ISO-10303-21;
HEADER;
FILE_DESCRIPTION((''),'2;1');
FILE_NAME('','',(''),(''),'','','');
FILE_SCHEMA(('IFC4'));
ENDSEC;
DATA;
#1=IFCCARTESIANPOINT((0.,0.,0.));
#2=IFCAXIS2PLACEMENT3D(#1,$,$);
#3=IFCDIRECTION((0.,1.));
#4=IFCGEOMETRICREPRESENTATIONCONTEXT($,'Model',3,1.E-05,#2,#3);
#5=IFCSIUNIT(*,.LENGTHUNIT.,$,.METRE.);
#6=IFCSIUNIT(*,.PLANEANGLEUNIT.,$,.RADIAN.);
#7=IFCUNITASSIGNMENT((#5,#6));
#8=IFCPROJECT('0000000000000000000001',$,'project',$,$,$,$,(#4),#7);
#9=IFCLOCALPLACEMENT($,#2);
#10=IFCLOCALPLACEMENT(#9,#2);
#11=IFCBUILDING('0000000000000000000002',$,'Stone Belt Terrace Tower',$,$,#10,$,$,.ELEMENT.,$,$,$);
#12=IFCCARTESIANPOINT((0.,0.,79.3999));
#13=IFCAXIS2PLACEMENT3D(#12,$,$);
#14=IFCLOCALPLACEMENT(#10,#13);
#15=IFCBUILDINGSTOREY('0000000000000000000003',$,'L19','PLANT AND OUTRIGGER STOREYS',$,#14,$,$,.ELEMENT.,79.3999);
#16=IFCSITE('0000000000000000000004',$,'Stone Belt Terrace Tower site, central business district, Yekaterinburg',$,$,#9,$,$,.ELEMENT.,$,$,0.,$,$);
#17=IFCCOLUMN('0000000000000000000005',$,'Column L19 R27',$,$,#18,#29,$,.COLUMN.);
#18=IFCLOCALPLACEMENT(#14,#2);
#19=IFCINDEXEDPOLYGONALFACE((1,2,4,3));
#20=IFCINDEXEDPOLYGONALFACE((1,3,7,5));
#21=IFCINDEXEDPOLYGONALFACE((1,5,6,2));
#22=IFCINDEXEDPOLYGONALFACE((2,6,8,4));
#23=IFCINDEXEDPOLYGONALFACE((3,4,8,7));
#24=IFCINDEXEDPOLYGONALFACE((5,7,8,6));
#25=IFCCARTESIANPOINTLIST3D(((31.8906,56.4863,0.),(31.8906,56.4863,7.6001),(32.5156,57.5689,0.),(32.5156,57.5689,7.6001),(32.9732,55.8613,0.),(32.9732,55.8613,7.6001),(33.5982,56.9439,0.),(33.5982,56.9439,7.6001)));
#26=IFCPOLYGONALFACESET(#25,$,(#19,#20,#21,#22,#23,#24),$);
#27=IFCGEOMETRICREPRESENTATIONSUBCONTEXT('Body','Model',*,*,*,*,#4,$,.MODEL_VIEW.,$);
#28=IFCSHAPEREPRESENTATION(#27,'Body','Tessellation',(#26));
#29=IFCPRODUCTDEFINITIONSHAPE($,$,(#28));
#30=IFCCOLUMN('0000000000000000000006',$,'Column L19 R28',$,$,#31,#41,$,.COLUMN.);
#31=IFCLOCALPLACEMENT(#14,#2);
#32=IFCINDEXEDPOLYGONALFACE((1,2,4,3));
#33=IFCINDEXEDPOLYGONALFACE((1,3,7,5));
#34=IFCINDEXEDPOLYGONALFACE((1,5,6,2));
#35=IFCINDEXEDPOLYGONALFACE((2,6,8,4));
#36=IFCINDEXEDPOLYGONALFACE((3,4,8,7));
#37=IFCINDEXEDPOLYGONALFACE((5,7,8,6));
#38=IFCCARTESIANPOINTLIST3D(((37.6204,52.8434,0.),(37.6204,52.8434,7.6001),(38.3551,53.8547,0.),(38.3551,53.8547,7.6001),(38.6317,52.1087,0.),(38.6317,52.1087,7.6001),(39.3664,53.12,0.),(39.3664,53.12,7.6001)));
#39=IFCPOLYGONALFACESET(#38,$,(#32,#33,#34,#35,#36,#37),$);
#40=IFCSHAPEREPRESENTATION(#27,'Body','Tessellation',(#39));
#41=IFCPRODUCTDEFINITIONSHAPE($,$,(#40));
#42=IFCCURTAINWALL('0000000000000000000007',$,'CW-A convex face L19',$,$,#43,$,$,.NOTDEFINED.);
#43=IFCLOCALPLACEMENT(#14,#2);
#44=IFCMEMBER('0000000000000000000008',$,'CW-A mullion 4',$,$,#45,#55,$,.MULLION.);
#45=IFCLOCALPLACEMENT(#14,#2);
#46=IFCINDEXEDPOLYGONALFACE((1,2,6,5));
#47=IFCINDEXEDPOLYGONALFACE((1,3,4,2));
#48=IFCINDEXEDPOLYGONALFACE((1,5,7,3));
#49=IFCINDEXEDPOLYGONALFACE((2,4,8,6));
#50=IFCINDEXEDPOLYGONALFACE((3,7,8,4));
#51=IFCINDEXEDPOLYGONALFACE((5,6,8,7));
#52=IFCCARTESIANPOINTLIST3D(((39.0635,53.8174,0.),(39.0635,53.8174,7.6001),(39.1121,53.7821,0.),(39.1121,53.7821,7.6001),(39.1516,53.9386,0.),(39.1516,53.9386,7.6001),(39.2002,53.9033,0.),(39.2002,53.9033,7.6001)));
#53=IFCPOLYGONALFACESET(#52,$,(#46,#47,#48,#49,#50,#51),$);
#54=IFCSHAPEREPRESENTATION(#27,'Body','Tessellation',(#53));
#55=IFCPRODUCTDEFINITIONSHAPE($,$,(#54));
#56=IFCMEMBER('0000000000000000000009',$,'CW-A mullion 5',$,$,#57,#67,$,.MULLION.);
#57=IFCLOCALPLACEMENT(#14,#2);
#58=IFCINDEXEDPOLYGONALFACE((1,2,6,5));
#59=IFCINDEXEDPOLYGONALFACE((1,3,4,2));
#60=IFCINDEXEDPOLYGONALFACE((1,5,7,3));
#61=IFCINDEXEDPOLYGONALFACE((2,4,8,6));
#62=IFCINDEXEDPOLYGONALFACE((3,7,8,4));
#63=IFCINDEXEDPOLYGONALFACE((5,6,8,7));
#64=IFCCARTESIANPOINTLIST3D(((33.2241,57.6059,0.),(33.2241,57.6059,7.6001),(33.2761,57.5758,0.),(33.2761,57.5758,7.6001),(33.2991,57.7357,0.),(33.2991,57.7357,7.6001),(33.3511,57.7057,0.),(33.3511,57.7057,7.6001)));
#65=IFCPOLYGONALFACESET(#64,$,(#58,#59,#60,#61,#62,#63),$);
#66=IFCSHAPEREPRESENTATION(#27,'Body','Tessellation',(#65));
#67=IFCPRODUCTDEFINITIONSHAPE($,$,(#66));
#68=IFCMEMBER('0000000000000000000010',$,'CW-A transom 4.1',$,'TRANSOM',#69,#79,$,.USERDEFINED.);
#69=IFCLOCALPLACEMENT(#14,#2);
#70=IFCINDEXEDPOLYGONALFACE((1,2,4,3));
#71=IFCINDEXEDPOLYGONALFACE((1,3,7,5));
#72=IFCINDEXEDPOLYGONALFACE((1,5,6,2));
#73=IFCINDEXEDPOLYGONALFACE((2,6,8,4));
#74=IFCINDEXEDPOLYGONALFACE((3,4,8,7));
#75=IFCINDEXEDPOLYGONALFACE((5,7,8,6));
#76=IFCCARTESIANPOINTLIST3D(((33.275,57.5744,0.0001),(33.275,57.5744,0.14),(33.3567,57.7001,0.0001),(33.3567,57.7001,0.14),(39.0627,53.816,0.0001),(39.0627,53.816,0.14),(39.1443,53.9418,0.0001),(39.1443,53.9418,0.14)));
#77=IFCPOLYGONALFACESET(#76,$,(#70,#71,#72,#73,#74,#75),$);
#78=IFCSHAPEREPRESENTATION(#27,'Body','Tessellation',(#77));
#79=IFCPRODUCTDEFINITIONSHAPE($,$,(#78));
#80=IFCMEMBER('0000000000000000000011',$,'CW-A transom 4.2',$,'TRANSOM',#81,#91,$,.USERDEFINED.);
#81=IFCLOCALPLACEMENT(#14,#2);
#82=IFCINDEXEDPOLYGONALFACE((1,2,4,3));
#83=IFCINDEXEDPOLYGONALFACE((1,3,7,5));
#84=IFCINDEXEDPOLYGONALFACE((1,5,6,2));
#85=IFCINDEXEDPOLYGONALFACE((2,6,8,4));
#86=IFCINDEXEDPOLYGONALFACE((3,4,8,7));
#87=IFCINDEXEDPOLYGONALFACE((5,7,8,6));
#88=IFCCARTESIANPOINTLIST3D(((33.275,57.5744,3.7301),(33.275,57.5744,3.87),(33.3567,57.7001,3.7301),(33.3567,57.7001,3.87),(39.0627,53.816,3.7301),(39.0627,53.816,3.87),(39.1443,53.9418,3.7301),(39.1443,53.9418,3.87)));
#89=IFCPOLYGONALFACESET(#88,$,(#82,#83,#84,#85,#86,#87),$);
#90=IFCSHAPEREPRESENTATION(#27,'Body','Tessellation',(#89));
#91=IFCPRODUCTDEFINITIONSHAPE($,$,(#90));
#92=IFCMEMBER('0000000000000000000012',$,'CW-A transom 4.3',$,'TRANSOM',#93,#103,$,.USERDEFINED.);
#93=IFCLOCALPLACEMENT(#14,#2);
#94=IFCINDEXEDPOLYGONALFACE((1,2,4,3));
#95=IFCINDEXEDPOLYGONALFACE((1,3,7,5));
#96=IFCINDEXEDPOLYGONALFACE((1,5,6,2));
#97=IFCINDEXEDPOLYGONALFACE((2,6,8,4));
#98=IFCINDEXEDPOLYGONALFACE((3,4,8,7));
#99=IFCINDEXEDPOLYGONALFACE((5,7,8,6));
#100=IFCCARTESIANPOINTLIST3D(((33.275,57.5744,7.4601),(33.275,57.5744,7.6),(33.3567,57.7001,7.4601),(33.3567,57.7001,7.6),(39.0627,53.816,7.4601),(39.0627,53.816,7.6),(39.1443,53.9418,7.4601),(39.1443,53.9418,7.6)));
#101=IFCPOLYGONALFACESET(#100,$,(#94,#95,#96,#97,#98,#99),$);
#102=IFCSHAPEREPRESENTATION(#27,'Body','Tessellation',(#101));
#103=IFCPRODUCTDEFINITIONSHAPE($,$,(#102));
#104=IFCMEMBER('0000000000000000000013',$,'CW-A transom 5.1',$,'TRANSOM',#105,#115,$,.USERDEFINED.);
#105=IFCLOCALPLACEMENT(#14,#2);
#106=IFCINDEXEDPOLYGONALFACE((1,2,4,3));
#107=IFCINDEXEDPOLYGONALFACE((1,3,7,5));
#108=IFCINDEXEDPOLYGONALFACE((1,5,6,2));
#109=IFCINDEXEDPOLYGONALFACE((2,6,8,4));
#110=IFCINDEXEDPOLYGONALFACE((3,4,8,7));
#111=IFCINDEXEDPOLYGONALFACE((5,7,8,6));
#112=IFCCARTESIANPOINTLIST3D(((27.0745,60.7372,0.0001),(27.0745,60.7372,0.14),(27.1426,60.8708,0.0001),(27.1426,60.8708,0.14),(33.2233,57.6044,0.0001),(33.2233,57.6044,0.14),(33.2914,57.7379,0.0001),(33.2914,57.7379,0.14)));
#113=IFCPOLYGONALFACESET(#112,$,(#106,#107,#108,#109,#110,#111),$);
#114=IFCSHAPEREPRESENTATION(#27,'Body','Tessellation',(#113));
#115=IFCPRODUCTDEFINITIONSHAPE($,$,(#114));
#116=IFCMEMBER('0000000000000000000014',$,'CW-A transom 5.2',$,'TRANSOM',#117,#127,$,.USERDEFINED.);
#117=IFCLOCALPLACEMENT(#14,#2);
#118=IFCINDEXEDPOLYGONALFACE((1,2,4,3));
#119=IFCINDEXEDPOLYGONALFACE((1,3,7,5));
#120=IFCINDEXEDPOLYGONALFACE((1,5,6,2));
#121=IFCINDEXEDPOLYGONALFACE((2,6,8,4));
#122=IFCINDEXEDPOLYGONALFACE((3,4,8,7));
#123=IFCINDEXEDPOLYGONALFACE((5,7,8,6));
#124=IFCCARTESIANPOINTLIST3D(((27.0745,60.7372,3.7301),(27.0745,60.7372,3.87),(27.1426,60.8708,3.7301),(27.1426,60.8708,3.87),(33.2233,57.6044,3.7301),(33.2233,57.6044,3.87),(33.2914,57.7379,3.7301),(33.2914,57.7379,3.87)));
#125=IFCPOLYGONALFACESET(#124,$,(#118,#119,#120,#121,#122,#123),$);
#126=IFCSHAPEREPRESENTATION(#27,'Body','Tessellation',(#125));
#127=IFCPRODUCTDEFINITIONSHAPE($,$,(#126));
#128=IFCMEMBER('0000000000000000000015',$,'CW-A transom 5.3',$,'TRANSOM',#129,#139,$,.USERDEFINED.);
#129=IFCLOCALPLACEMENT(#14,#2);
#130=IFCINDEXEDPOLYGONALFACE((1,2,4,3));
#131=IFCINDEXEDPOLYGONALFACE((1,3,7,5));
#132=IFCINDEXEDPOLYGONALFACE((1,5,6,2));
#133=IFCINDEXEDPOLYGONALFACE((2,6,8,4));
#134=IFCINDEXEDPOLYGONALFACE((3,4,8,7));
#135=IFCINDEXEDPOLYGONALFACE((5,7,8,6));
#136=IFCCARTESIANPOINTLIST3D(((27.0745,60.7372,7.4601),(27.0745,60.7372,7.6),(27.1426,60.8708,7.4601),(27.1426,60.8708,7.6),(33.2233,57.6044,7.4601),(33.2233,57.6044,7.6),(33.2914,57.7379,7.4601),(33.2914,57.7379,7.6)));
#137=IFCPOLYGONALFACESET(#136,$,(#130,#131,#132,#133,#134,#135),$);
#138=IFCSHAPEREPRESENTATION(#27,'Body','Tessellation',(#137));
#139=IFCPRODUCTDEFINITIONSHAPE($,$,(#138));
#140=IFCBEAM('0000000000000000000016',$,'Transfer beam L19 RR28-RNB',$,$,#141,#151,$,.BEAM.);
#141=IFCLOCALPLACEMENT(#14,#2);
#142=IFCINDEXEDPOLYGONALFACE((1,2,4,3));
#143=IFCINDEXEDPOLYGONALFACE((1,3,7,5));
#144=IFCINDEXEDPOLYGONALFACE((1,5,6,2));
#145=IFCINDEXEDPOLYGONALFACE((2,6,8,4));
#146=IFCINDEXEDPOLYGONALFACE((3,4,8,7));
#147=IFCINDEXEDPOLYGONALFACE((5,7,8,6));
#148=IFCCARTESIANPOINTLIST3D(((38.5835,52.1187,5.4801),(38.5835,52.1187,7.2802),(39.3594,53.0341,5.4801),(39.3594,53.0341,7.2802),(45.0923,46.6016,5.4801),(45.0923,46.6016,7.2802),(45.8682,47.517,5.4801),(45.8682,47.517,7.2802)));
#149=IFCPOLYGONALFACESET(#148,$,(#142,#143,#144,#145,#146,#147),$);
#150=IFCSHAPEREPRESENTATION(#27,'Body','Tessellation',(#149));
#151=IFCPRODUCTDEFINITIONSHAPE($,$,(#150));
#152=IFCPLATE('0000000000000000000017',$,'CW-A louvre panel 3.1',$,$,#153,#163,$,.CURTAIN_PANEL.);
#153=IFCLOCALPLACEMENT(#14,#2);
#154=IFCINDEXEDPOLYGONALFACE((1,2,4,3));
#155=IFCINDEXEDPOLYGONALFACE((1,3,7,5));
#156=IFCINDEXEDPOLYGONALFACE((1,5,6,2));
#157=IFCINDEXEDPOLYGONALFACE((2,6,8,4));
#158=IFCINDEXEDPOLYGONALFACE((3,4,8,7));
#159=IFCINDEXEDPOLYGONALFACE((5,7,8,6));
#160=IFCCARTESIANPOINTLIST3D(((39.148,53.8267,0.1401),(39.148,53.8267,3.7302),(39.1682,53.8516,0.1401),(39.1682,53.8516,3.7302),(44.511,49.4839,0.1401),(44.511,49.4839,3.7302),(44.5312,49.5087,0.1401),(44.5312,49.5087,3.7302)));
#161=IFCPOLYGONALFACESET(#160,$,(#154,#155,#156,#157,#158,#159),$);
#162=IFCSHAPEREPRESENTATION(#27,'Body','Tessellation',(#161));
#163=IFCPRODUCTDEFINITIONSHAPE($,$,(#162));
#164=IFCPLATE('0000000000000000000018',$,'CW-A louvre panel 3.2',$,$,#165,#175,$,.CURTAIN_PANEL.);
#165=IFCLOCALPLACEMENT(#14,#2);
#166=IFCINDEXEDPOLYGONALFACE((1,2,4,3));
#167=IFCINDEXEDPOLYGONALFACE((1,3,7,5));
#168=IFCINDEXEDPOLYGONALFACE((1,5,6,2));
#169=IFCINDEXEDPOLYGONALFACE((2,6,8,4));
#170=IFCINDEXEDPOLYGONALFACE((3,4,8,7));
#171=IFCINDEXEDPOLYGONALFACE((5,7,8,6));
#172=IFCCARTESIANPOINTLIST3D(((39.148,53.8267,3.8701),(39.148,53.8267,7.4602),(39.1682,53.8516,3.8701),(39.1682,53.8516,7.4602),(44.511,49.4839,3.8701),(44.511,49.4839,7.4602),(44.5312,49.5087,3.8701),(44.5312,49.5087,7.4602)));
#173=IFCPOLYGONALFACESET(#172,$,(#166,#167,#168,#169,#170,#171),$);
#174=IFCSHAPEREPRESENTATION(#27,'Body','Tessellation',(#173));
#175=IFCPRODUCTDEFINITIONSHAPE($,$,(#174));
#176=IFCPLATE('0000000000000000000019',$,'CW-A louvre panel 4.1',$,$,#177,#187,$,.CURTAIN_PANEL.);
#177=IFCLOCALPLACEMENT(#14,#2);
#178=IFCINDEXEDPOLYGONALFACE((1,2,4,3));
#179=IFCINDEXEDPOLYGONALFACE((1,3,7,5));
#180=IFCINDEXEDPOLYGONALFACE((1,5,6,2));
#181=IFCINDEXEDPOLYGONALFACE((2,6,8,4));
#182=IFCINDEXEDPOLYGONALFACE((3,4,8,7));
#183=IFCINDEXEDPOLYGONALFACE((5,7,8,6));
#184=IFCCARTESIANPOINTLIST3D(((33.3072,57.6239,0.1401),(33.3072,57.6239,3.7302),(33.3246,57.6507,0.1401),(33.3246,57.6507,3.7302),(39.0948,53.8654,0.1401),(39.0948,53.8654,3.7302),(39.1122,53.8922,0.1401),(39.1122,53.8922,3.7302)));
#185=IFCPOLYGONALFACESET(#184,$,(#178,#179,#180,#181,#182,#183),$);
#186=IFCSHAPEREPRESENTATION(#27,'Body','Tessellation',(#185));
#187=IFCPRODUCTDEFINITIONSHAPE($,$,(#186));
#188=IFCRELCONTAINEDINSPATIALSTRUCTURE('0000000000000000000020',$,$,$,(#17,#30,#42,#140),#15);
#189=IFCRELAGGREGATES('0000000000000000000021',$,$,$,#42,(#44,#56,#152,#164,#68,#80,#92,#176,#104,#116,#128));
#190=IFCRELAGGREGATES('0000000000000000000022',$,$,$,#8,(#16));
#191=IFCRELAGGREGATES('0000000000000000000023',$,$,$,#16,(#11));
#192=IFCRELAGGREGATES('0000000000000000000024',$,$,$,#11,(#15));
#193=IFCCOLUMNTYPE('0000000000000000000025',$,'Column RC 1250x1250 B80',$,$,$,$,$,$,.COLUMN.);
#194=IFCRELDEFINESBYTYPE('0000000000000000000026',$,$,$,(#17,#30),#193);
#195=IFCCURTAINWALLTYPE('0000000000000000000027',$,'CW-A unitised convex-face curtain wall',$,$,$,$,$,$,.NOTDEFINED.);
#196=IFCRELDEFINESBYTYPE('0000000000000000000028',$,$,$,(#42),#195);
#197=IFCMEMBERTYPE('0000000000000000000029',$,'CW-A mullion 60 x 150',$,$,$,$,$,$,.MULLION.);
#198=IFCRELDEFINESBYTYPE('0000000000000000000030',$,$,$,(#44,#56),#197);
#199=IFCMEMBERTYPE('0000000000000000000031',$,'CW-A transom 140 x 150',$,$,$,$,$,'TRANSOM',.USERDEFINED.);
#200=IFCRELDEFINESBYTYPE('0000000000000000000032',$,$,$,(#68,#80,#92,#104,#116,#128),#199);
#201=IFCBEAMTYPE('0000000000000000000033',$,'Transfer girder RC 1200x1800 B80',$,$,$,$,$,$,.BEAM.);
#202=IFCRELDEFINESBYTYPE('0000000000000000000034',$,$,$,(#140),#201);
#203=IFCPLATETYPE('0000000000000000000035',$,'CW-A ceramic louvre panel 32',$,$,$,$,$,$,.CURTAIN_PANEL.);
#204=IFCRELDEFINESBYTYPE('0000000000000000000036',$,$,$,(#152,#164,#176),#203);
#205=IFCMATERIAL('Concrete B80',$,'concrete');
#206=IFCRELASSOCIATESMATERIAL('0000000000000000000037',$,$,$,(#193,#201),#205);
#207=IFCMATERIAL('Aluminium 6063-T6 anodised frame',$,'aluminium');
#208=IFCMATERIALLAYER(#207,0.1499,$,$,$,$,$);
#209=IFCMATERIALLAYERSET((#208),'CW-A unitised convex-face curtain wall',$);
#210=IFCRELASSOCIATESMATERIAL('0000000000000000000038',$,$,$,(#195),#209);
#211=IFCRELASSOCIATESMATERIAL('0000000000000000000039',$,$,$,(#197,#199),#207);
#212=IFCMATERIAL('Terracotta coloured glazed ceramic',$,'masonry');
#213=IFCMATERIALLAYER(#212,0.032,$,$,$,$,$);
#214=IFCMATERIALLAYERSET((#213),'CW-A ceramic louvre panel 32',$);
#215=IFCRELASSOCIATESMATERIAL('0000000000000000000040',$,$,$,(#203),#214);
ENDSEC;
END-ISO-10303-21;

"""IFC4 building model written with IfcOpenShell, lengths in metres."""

from ifc_helpers import new_model, si_unit, direction, frame, origin, origin_2d, place, context, subcontext, project, spatial, rectangle, extrude, material, layer, layer_set, material_profile, profile_set, type_object, element, aggregate, save


model = new_model("IFC4")

# Units and contexts
model_context = context("Model", 3, precision=1e-05, world=origin(), true_north=direction((0.0, 1.0)))
body_context = subcontext(model_context, "Body", "Model", "MODEL_VIEW")
ifc_project = project(units=[si_unit("LENGTHUNIT", "METRE"), si_unit("PLANEANGLEUNIT", "RADIAN")], contexts=[model_context])

# Site, building, storey
site_placement = place(None, origin())
site = spatial("IfcSite", under=ifc_project, at=site_placement, Name="Stone Belt Terrace Tower site, central business district, Yekaterinburg", CompositionType="ELEMENT", RefElevation=0.0)
building_placement = place(site_placement, origin())
building = spatial("IfcBuilding", under=site, at=building_placement, Name="Stone Belt Terrace Tower", CompositionType="ELEMENT")
storey_placement = place(building_placement, frame((0.0, 0.0, 79.3999)))
storey = spatial("IfcBuildingStorey", under=building, at=storey_placement, Name="L19", Description="PLANT AND OUTRIGGER STOREYS", CompositionType="ELEMENT", Elevation=79.3999)

# Columns
ifc_material_1 = material(Name="Concrete B80", Category="concrete")
ifc_material_profile_1 = material_profile(ifc_material_1, rectangle(XDim=1.25, YDim=1.25, at=origin_2d()), Name="RC 1250x1250")
ifc_profile_set_1 = profile_set([ifc_material_profile_1], Name="Concrete B80")
column_type = type_object("IfcColumnType", Name="Column RC 1250x1250 B80", PredefinedType="COLUMN", material=ifc_profile_set_1)
for number, where, z_axis, x_axis, name in (
    (1, (32.7444, 56.7151, 0.0), (0.0, 0.0, 1.0), (0.866025, -0.5, 0.0), "Column L19 R27"),
    (2, (38.4934, 52.9817, 0.0), (0.0, 0.0, 1.0), (0.809017, -0.587785, 0.0), "Column L19 R28"),
):
    element("IfcColumn", number, at=place(storey_placement, frame(where, z_axis=z_axis, x_axis=x_axis)), inside=storey, type_object=column_type, Name=name, PredefinedType="COLUMN", context=body_context, shape_type="SweptSolid", body=[
        extrude(rectangle(XDim=1.25, YDim=1.25, at=origin_2d()), origin(), (0.0, 0.0, 1.0), 7.6001),
    ])

# Curtain wall, members
ifc_material_2 = material(Name="Aluminium 6063-T6 anodised frame", Category="aluminium")
ifc_layer_1 = layer(ifc_material_2, 0.1499)
ifc_layer_set_1 = layer_set([ifc_layer_1], Name="CW-A unitised convex-face curtain wall")
curtain_wall_type = type_object("IfcCurtainWallType", Name="CW-A unitised convex-face curtain wall", PredefinedType="NOTDEFINED", material=ifc_layer_set_1)
curtain_wall_placement = place(storey_placement, origin())
curtain_wall = element("IfcCurtainWall", 3, at=curtain_wall_placement, inside=storey, type_object=curtain_wall_type, Name="CW-A convex face L19", PredefinedType="NOTDEFINED")
ifc_material_profile_2 = material_profile(ifc_material_2, rectangle(XDim=0.1499, YDim=0.0601, at=origin_2d()), Name="Aluminium 6063-T6 60x150")
ifc_profile_set_2 = profile_set([ifc_material_profile_2], Name="Aluminium 6063-T6 anodised frame")
member_type_1 = type_object("IfcMemberType", Name="CW-A mullion 60 x 150", PredefinedType="MULLION", material=ifc_profile_set_2)
member_1_placement = place(storey_placement, frame((39.1318, 53.8604, 0.0), z_axis=(0.0, 0.0, 1.0), x_axis=(-0.587785, -0.809017, 0.0)))
member_1 = element("IfcMember", 4, at=member_1_placement, type_object=member_type_1, Name="CW-A mullion 4", PredefinedType="MULLION", context=body_context, shape_type="SweptSolid", body=[
    extrude(rectangle(XDim=0.1499, YDim=0.0601, at=origin_2d()), origin(), (0.0, 0.0, 1.0), 7.6001),
])
member_2_placement = place(storey_placement, frame((33.2876, 57.6558, 0.0), z_axis=(0.0, 0.0, 1.0), x_axis=(-0.5, -0.866025, 0.0)))
member_2 = element("IfcMember", 5, at=member_2_placement, type_object=member_type_1, Name="CW-A mullion 5", PredefinedType="MULLION", context=body_context, shape_type="SweptSolid", body=[
    extrude(rectangle(XDim=0.1499, YDim=0.0601, at=origin_2d()), origin(), (0.0, 0.0, 1.0), 7.6001),
])
ifc_material_profile_3 = material_profile(ifc_material_2, rectangle(XDim=0.1499, YDim=0.1399, at=origin_2d()), Name="Aluminium 6063-T6 150x140")
ifc_profile_set_3 = profile_set([ifc_material_profile_3], Name="Aluminium 6063-T6 anodised frame")
member_type_2 = type_object("IfcMemberType", Name="CW-A transom 140 x 150", ElementType="TRANSOM", PredefinedType="USERDEFINED", material=ifc_profile_set_3)
member_3_placement = place(storey_placement, frame((39.1035, 53.8789, 0.0701), z_axis=(-0.838684, 0.544618, 0.0), x_axis=(-0.544618, -0.838684, 0.0)))
member_3 = element("IfcMember", 6, at=member_3_placement, type_object=member_type_2, Name="CW-A transom 4.1", ObjectType="TRANSOM", PredefinedType="USERDEFINED", context=body_context, shape_type="SweptSolid", body=[
    extrude(rectangle(XDim=0.1499, YDim=0.1399, at=origin_2d()), origin(), (0.0, 0.0, 1.0), 6.9009),
])
member_4_placement = place(storey_placement, frame((39.1035, 53.8789, 3.8), z_axis=(-0.838684, 0.544618, 0.0), x_axis=(-0.544618, -0.838684, 0.0)))
member_4 = element("IfcMember", 7, at=member_4_placement, type_object=member_type_2, Name="CW-A transom 4.2", ObjectType="TRANSOM", PredefinedType="USERDEFINED", context=body_context, shape_type="SweptSolid", body=[
    extrude(rectangle(XDim=0.1499, YDim=0.1399, at=origin_2d()), origin(), (0.0, 0.0, 1.0), 6.9009),
])
member_5_placement = place(storey_placement, frame((39.1035, 53.8789, 7.53), z_axis=(-0.838684, 0.544618, 0.0), x_axis=(-0.544618, -0.838684, 0.0)))
member_5 = element("IfcMember", 8, at=member_5_placement, type_object=member_type_2, Name="CW-A transom 4.3", ObjectType="TRANSOM", PredefinedType="USERDEFINED", context=body_context, shape_type="SweptSolid", body=[
    extrude(rectangle(XDim=0.1499, YDim=0.1399, at=origin_2d()), origin(), (0.0, 0.0, 1.0), 6.9009),
])
member_6_placement = place(storey_placement, frame((33.2573, 57.6711, 0.0701), z_axis=(-0.891012, 0.453979, 0.0), x_axis=(-0.453979, -0.891012, 0.0)))
member_6 = element("IfcMember", 9, at=member_6_placement, type_object=member_type_2, Name="CW-A transom 5.1", ObjectType="TRANSOM", PredefinedType="USERDEFINED", context=body_context, shape_type="SweptSolid", body=[
    extrude(rectangle(XDim=0.1499, YDim=0.1399, at=origin_2d()), origin(), (0.0, 0.0, 1.0), 6.9009),
])
member_7_placement = place(storey_placement, frame((33.2573, 57.6711, 3.8), z_axis=(-0.891012, 0.453979, 0.0), x_axis=(-0.453979, -0.891012, 0.0)))
member_7 = element("IfcMember", 10, at=member_7_placement, type_object=member_type_2, Name="CW-A transom 5.2", ObjectType="TRANSOM", PredefinedType="USERDEFINED", context=body_context, shape_type="SweptSolid", body=[
    extrude(rectangle(XDim=0.1499, YDim=0.1399, at=origin_2d()), origin(), (0.0, 0.0, 1.0), 6.9009),
])
member_8_placement = place(storey_placement, frame((33.2573, 57.6711, 7.53), z_axis=(-0.891012, 0.453979, 0.0), x_axis=(-0.453979, -0.891012, 0.0)))
member_8 = element("IfcMember", 11, at=member_8_placement, type_object=member_type_2, Name="CW-A transom 5.3", ObjectType="TRANSOM", PredefinedType="USERDEFINED", context=body_context, shape_type="SweptSolid", body=[
    extrude(rectangle(XDim=0.1499, YDim=0.1399, at=origin_2d()), origin(), (0.0, 0.0, 1.0), 6.9009),
])

# Beam
ifc_material_profile_4 = material_profile(ifc_material_1, rectangle(XDim=1.2, YDim=1.8, at=origin_2d()), Name="RC 1200x1800")
ifc_profile_set_4 = profile_set([ifc_material_profile_4], Name="Concrete B80")
beam_type = type_object("IfcBeamType", Name="Transfer girder RC 1200x1800 B80", PredefinedType="BEAM", material=ifc_profile_set_4)
beam_placement = place(storey_placement, frame((38.9714, 52.5764, 6.3801), z_axis=(0.762828, -0.646601, 0.0), x_axis=(0.646601, 0.762828, 0.0)))
element("IfcBeam", 12, at=beam_placement, inside=storey, type_object=beam_type, Name="Transfer beam L19 RR28-RNB", PredefinedType="BEAM", context=body_context, shape_type="SweptSolid", body=[
    extrude(rectangle(XDim=1.2, YDim=1.8, at=origin_2d()), origin(), (0.0, 0.0, 1.0), 8.5325),
])

# Plates
ifc_material_3 = material(Name="Terracotta coloured glazed ceramic", Category="masonry")
ifc_layer_2 = layer(ifc_material_3, 0.032)
ifc_layer_set_2 = layer_set([ifc_layer_2], Name="CW-A ceramic louvre panel 32")
plate_type = type_object("IfcPlateType", Name="CW-A ceramic louvre panel 32", PredefinedType="CURTAIN_PANEL", material=ifc_layer_set_2)
plate_1_placement = place(storey_placement, frame((41.8396, 51.6677, 0.1401), z_axis=(0.0, 0.0, 1.0), x_axis=(-0.777146, 0.62932, 0.0)))
plate_1 = element("IfcPlate", 13, at=plate_1_placement, type_object=plate_type, Name="CW-A louvre panel 3.1", PredefinedType="CURTAIN_PANEL", context=body_context, shape_type="SweptSolid", body=[
    extrude(rectangle(XDim=6.9009, YDim=0.032, at=origin_2d()), origin(), (0.0, 0.0, 1.0), 3.5901),
])
plate_2_placement = place(storey_placement, frame((41.8396, 51.6677, 3.8701), z_axis=(0.0, 0.0, 1.0), x_axis=(-0.777146, 0.62932, 0.0)))
plate_2 = element("IfcPlate", 14, at=plate_2_placement, type_object=plate_type, Name="CW-A louvre panel 3.2", PredefinedType="CURTAIN_PANEL", context=body_context, shape_type="SweptSolid", body=[
    extrude(rectangle(XDim=6.9009, YDim=0.032, at=origin_2d()), origin(), (0.0, 0.0, 1.0), 3.5901),
])
plate_3_placement = place(storey_placement, frame((36.2097, 55.7581, 0.1401), z_axis=(0.0, 0.0, 1.0), x_axis=(-0.838671, 0.544639, 0.0)))
plate_3 = element("IfcPlate", 15, at=plate_3_placement, type_object=plate_type, Name="CW-A louvre panel 4.1", PredefinedType="CURTAIN_PANEL", context=body_context, shape_type="SweptSolid", body=[
    extrude(rectangle(XDim=6.9009, YDim=0.032, at=origin_2d()), origin(), (0.0, 0.0, 1.0), 3.5901),
])
aggregate(curtain_wall, [member_1, member_2, plate_1, plate_2, member_3, member_4, member_5, plate_3, member_6, member_7, member_8])

save(model, "model.ifc")
